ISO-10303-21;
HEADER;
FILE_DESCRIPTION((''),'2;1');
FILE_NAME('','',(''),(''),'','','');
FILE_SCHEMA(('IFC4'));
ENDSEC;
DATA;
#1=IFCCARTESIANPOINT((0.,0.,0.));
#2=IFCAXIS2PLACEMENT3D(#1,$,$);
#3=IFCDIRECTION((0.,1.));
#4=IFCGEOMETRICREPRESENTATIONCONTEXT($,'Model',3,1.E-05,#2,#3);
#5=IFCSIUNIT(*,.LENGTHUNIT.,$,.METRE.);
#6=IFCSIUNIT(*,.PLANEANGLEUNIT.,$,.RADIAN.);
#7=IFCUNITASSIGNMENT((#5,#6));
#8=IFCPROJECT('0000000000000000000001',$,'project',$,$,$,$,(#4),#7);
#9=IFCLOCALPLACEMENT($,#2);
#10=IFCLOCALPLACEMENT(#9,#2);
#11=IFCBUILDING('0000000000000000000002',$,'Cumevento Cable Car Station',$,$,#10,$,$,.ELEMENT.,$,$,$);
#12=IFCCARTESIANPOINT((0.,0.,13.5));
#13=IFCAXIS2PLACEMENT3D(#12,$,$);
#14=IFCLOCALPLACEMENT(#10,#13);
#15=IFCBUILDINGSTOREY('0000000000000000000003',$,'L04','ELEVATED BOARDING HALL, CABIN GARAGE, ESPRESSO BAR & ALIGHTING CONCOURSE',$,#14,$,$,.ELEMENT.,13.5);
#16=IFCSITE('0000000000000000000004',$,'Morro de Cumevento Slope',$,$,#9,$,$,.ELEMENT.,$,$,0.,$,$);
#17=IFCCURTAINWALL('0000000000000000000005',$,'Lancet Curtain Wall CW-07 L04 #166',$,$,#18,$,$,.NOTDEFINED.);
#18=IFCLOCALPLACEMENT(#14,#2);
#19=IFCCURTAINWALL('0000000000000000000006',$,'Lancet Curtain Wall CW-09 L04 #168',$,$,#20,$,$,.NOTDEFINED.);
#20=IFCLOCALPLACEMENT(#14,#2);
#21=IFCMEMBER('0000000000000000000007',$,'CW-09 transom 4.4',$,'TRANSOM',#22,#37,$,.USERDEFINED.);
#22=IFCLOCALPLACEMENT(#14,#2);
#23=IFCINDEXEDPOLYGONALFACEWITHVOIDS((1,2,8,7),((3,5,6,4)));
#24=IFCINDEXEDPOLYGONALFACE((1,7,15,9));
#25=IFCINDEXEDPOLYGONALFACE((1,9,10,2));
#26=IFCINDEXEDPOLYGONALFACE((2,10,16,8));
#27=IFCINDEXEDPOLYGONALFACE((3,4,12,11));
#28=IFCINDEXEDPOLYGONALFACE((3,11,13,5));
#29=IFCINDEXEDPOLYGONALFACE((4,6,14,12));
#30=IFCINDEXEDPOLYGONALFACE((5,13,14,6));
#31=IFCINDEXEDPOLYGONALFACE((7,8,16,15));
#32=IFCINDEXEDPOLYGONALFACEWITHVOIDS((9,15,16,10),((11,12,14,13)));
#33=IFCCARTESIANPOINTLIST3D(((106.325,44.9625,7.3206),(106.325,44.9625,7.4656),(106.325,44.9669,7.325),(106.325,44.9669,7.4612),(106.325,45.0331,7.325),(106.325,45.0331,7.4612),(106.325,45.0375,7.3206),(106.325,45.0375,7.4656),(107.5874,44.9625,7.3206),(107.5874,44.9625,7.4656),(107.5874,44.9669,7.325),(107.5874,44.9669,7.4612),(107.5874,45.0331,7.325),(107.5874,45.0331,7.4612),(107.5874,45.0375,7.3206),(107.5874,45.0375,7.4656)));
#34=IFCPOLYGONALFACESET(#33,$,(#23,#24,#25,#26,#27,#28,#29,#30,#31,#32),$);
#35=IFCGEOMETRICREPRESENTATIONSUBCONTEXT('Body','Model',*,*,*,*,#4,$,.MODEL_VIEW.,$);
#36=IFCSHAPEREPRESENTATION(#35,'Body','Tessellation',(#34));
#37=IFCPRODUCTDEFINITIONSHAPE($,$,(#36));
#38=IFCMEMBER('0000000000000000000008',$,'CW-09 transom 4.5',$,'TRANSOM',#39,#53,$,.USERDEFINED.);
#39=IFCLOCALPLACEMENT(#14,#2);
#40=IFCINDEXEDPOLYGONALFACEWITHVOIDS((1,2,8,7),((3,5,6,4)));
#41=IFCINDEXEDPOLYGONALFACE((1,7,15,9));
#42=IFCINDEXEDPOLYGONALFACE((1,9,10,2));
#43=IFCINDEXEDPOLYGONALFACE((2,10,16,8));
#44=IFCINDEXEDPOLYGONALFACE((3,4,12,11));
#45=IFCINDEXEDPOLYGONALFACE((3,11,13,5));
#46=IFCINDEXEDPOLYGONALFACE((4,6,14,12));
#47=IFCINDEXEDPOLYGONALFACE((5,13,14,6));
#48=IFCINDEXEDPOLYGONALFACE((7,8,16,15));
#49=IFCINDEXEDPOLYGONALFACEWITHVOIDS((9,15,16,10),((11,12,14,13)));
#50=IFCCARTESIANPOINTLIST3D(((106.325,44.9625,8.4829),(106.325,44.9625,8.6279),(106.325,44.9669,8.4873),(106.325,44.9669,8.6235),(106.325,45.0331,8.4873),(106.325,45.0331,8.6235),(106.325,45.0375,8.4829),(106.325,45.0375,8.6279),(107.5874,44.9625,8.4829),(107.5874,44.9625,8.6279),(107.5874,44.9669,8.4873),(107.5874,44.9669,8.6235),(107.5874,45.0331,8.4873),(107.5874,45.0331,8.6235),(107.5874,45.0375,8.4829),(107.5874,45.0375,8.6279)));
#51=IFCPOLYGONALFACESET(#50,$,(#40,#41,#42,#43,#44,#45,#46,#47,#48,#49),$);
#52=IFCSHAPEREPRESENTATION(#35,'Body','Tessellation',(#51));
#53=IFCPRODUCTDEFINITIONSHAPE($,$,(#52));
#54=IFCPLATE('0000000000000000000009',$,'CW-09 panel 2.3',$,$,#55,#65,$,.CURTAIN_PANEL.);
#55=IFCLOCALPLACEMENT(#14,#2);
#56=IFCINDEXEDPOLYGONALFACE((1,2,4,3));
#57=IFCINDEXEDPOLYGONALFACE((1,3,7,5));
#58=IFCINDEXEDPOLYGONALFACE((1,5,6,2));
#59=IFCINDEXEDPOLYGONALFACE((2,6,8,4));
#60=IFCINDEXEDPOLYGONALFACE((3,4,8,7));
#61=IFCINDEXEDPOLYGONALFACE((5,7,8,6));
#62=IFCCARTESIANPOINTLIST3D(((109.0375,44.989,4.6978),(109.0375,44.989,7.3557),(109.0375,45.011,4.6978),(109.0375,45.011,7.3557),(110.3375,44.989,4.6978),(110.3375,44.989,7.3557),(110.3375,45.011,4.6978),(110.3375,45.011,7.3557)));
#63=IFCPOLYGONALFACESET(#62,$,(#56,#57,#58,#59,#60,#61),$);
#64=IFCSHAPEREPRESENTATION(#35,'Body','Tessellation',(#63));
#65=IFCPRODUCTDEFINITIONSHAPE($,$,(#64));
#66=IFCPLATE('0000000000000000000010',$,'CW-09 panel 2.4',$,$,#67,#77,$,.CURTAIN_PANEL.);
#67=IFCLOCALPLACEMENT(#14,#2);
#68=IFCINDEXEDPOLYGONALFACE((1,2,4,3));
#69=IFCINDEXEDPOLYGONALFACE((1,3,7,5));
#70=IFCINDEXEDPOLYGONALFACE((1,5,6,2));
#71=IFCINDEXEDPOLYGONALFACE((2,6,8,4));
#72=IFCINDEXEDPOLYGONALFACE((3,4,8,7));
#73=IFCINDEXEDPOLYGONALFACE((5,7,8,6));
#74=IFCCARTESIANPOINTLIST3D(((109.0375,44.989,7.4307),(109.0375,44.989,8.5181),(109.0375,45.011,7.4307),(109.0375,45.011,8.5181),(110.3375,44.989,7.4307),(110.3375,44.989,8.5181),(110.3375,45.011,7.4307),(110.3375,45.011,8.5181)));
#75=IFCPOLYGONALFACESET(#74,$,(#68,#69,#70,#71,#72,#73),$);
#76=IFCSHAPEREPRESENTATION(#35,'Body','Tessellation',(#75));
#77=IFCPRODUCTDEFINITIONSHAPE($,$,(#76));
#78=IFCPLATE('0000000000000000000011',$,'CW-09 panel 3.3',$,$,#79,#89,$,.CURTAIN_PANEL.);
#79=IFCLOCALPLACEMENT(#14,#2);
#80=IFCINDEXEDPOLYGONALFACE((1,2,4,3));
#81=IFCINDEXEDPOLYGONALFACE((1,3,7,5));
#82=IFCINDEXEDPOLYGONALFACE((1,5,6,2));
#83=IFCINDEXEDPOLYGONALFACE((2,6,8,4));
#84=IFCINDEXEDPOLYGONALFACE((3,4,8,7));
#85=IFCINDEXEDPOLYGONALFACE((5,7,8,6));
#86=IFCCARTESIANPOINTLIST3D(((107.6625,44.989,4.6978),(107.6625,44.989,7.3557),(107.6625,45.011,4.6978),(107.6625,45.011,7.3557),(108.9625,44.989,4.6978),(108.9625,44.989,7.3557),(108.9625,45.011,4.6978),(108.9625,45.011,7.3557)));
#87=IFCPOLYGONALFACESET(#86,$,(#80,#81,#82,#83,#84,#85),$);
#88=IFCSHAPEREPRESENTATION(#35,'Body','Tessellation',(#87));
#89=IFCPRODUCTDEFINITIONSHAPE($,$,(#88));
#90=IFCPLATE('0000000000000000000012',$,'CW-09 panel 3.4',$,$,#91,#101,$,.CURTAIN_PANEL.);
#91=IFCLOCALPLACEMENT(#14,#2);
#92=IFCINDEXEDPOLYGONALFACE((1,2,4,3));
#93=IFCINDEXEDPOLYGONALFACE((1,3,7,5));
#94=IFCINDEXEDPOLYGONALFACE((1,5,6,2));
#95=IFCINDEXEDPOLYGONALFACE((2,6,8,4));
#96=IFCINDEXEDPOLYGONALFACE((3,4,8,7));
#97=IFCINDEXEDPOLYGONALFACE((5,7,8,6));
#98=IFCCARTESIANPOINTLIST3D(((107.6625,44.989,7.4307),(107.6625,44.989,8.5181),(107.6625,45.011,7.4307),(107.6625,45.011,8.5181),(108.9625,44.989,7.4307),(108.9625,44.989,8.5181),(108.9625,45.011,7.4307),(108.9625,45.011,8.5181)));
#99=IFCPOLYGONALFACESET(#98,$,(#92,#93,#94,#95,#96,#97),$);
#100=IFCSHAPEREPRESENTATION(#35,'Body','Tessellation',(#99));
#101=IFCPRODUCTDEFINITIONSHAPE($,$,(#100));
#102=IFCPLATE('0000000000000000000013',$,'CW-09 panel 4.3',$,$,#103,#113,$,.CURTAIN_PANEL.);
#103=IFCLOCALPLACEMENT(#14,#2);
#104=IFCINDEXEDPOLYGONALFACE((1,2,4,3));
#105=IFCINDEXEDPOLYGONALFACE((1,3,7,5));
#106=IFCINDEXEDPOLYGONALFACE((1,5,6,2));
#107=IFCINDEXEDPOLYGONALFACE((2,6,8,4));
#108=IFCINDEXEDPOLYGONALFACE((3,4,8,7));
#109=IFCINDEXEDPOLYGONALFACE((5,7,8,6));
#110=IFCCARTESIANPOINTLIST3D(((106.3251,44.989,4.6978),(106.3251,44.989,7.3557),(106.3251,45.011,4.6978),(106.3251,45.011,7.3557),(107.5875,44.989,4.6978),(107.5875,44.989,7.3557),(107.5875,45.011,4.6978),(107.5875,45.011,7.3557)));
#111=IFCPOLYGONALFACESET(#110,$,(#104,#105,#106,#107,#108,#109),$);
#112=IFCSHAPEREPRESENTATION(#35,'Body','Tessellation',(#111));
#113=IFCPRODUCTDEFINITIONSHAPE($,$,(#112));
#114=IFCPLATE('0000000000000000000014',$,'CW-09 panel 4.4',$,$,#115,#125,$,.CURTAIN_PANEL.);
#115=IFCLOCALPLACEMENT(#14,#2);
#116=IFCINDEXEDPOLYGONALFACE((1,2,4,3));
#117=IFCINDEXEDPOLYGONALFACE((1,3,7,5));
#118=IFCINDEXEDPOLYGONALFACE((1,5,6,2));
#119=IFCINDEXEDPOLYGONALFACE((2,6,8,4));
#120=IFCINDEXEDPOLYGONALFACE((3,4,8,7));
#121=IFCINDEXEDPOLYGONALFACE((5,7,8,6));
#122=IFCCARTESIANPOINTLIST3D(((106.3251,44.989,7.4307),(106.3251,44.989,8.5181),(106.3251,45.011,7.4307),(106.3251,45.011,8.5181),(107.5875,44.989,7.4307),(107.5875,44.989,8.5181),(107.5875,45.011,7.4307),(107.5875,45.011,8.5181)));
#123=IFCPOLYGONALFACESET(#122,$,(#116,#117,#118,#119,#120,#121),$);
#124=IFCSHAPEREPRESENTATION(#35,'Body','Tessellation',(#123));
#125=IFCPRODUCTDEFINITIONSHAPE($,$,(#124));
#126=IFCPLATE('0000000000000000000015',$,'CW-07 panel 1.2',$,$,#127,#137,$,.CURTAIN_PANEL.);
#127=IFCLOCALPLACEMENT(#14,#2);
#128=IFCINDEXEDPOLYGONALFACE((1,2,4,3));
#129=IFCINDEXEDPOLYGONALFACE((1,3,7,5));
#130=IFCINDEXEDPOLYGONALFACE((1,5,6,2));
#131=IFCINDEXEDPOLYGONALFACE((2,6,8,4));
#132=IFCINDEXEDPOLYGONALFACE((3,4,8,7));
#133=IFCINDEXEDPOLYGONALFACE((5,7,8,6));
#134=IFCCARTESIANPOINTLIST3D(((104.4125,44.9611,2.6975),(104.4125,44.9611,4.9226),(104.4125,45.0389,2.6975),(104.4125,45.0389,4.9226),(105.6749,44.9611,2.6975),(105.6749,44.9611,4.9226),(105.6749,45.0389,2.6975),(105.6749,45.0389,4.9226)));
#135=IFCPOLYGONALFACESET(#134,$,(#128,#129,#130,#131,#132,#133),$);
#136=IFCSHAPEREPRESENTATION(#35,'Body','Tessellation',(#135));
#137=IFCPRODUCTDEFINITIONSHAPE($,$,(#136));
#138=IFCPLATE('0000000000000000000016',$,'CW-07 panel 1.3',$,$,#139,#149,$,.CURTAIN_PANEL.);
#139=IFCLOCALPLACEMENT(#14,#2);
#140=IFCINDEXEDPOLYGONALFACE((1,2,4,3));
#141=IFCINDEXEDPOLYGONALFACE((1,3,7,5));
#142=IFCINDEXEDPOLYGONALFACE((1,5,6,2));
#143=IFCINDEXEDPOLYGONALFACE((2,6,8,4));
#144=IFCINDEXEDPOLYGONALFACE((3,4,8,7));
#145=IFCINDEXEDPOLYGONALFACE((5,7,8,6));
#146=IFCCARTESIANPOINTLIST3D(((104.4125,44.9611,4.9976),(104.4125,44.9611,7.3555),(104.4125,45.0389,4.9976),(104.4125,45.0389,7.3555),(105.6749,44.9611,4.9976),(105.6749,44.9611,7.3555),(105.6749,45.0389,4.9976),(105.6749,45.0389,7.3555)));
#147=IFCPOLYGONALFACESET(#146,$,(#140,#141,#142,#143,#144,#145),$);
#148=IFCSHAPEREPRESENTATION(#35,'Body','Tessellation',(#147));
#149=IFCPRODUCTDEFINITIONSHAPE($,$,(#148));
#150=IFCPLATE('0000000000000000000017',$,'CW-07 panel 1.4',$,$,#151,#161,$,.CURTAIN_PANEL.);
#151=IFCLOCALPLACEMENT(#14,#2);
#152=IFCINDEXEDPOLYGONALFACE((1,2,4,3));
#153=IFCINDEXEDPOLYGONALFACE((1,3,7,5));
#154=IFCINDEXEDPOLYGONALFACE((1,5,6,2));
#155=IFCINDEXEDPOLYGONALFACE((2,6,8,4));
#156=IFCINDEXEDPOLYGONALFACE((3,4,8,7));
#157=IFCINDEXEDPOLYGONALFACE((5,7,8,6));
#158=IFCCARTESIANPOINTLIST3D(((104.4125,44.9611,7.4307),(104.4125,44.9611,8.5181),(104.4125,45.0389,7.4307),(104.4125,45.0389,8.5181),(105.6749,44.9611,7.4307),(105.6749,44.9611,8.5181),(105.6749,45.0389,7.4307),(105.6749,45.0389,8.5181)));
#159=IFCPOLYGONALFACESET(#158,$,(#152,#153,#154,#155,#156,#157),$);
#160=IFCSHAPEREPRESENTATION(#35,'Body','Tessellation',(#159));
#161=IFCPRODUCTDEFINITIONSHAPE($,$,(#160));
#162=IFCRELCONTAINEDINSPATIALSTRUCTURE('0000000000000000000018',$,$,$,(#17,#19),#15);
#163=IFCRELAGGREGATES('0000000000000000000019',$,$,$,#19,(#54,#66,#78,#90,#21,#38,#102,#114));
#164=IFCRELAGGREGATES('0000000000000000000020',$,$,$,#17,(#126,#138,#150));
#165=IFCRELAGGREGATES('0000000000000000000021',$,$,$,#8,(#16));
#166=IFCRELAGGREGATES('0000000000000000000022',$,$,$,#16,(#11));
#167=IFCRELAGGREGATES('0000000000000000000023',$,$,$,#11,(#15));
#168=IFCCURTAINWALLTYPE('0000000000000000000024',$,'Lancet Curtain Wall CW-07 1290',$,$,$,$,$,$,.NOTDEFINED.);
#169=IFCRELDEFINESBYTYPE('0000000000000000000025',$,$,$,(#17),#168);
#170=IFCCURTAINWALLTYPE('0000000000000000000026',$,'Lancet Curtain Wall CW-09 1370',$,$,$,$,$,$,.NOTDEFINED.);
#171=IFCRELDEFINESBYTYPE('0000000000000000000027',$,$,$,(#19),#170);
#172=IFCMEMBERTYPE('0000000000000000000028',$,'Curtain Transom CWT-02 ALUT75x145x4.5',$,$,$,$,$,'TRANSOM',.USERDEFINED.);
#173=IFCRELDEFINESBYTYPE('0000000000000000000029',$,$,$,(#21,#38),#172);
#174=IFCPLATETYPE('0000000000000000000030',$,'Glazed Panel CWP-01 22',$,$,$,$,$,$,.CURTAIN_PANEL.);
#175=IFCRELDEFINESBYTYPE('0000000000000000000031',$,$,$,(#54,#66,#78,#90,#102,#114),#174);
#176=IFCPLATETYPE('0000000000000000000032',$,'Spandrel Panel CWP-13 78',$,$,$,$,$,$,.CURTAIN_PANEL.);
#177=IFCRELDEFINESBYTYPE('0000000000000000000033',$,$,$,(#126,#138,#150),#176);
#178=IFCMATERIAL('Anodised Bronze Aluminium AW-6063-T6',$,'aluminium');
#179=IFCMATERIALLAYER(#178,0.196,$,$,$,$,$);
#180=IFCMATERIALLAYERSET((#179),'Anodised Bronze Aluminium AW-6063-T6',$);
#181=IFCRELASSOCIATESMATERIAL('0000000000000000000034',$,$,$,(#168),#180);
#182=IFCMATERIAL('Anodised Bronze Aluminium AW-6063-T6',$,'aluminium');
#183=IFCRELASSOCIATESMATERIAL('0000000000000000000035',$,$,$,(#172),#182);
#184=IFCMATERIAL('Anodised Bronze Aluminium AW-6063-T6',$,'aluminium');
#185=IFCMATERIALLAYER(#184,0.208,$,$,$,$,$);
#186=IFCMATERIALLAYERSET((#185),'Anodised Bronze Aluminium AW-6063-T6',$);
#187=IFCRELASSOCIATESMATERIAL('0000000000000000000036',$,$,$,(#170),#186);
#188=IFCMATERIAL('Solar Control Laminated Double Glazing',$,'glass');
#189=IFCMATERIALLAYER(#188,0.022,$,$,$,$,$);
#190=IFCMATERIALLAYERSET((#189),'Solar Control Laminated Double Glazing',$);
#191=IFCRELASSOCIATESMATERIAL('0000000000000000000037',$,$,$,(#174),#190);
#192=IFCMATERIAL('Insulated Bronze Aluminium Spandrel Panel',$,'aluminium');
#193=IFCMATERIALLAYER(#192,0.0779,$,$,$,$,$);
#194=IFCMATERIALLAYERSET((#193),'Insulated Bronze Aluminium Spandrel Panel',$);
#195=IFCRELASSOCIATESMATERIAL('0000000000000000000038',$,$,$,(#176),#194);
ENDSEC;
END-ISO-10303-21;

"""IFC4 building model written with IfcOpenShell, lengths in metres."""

from ifc_helpers import new_model, si_unit, direction, frame, origin, origin_2d, place, context, subcontext, project, spatial, rectangle, hollow_rectangle, extrude, material, layer, layer_set, material_profile, profile_set, type_object, element, aggregate, save


model = new_model("IFC4")

# Units and contexts
model_context = context("Model", 3, precision=1e-05, world=origin(), true_north=direction((0.0, 1.0)))
body_context = subcontext(model_context, "Body", "Model", "MODEL_VIEW")
ifc_project = project(units=[si_unit("LENGTHUNIT", "METRE"), si_unit("PLANEANGLEUNIT", "RADIAN")], contexts=[model_context])

# Site, building, storey
site_placement = place(None, origin())
site = spatial("IfcSite", under=ifc_project, at=site_placement, Name="Morro de Cumevento Slope", CompositionType="ELEMENT", RefElevation=0.0)
building_placement = place(site_placement, origin())
building = spatial("IfcBuilding", under=site, at=building_placement, Name="Cumevento Cable Car Station", CompositionType="ELEMENT")
storey_placement = place(building_placement, frame((0.0, 0.0, 13.5)))
storey = spatial("IfcBuildingStorey", under=building, at=storey_placement, Name="L04", Description="ELEVATED BOARDING HALL, CABIN GARAGE, ESPRESSO BAR & ALIGHTING CONCOURSE", CompositionType="ELEMENT", Elevation=13.5)

# Curtain wall
ifc_material_1 = material(Name="Anodised Bronze Aluminium AW-6063-T6", Category="aluminium")
ifc_layer_1 = layer(ifc_material_1, 0.196)
ifc_layer_set_1 = layer_set([ifc_layer_1], Name="Anodised Bronze Aluminium AW-6063-T6")
curtain_wall_type_1 = type_object("IfcCurtainWallType", Name="Lancet Curtain Wall CW-07 1290", PredefinedType="NOTDEFINED", material=ifc_layer_set_1)
curtain_wall_1_placement = place(storey_placement, origin())
curtain_wall_1 = element("IfcCurtainWall", 1, at=curtain_wall_1_placement, inside=storey, type_object=curtain_wall_type_1, Name="Lancet Curtain Wall CW-07 L04 #166", PredefinedType="NOTDEFINED")
ifc_material_2 = material(Name="Anodised Bronze Aluminium AW-6063-T6", Category="aluminium")
ifc_material_profile = material_profile(ifc_material_2, hollow_rectangle(XDim=0.075, YDim=0.145, WallThickness=0.0044, at=origin_2d()), Name="ALUT75x145x4.5")
ifc_profile_set = profile_set([ifc_material_profile], Name="Anodised Bronze Aluminium AW-6063-T6")
member_type = type_object("IfcMemberType", Name="Curtain Transom CWT-02 ALUT75x145x4.5", ElementType="TRANSOM", PredefinedType="USERDEFINED", material=ifc_profile_set)

# Curtain wall, members, plates
ifc_material_3 = material(Name="Anodised Bronze Aluminium AW-6063-T6", Category="aluminium")
ifc_layer_2 = layer(ifc_material_3, 0.208)
ifc_layer_set_2 = layer_set([ifc_layer_2], Name="Anodised Bronze Aluminium AW-6063-T6")
curtain_wall_type_2 = type_object("IfcCurtainWallType", Name="Lancet Curtain Wall CW-09 1370", PredefinedType="NOTDEFINED", material=ifc_layer_set_2)
curtain_wall_2_placement = place(storey_placement, origin())
curtain_wall_2 = element("IfcCurtainWall", 2, at=curtain_wall_2_placement, inside=storey, type_object=curtain_wall_type_2, Name="Lancet Curtain Wall CW-09 L04 #168", PredefinedType="NOTDEFINED")
member_1_placement = place(storey_placement, frame((107.5874, 45.0, 7.3931), z_axis=(-1.0, 0.0, 0.0), x_axis=(0.0, -1.0, 0.0)))
member_1 = element("IfcMember", 3, at=member_1_placement, type_object=member_type, Name="CW-09 transom 4.4", ObjectType="TRANSOM", PredefinedType="USERDEFINED", context=body_context, shape_type="SweptSolid", body=[
    extrude(hollow_rectangle(XDim=0.075, YDim=0.145, WallThickness=0.0044, at=origin_2d()), origin(), (0.0, 0.0, 1.0), 1.2625),
])
member_2_placement = place(storey_placement, frame((107.5874, 45.0, 8.5554), z_axis=(-1.0, 0.0, 0.0), x_axis=(0.0, -1.0, 0.0)))
member_2 = element("IfcMember", 4, at=member_2_placement, type_object=member_type, Name="CW-09 transom 4.5", ObjectType="TRANSOM", PredefinedType="USERDEFINED", context=body_context, shape_type="SweptSolid", body=[
    extrude(hollow_rectangle(XDim=0.075, YDim=0.145, WallThickness=0.0044, at=origin_2d()), origin(), (0.0, 0.0, 1.0), 1.2625),
])
ifc_material_4 = material(Name="Solar Control Laminated Double Glazing", Category="glass")
ifc_layer_3 = layer(ifc_material_4, 0.022)
ifc_layer_set_3 = layer_set([ifc_layer_3], Name="Solar Control Laminated Double Glazing")
plate_type_1 = type_object("IfcPlateType", Name="Glazed Panel CWP-01 22", PredefinedType="CURTAIN_PANEL", material=ifc_layer_set_3)
plate_1_placement = place(storey_placement, frame((109.6875, 45.0, 4.6978), z_axis=(0.0, 0.0, 1.0), x_axis=(-1.0, 0.0, 0.0)))
plate_1 = element("IfcPlate", 5, at=plate_1_placement, type_object=plate_type_1, Name="CW-09 panel 2.3", PredefinedType="CURTAIN_PANEL", context=body_context, shape_type="SweptSolid", body=[
    extrude(rectangle(XDim=1.3, YDim=0.022, at=origin_2d()), origin(), (0.0, 0.0, 1.0), 2.658),
])
plate_2_placement = place(storey_placement, frame((109.6875, 45.0, 7.4307), z_axis=(0.0, 0.0, 1.0), x_axis=(-1.0, 0.0, 0.0)))
plate_2 = element("IfcPlate", 6, at=plate_2_placement, type_object=plate_type_1, Name="CW-09 panel 2.4", PredefinedType="CURTAIN_PANEL", context=body_context, shape_type="SweptSolid", body=[
    extrude(rectangle(XDim=1.3, YDim=0.022, at=origin_2d()), origin(), (0.0, 0.0, 1.0), 1.0874),
])
plate_3_placement = place(storey_placement, frame((108.3125, 45.0, 4.6978), z_axis=(0.0, 0.0, 1.0), x_axis=(-1.0, 0.0, 0.0)))
plate_3 = element("IfcPlate", 7, at=plate_3_placement, type_object=plate_type_1, Name="CW-09 panel 3.3", PredefinedType="CURTAIN_PANEL", context=body_context, shape_type="SweptSolid", body=[
    extrude(rectangle(XDim=1.3, YDim=0.022, at=origin_2d()), origin(), (0.0, 0.0, 1.0), 2.658),
])
plate_4_placement = place(storey_placement, frame((108.3125, 45.0, 7.4307), z_axis=(0.0, 0.0, 1.0), x_axis=(-1.0, 0.0, 0.0)))
plate_4 = element("IfcPlate", 8, at=plate_4_placement, type_object=plate_type_1, Name="CW-09 panel 3.4", PredefinedType="CURTAIN_PANEL", context=body_context, shape_type="SweptSolid", body=[
    extrude(rectangle(XDim=1.3, YDim=0.022, at=origin_2d()), origin(), (0.0, 0.0, 1.0), 1.0874),
])
plate_5_placement = place(storey_placement, frame((106.9563, 45.0, 4.6978), z_axis=(0.0, 0.0, 1.0), x_axis=(-1.0, 0.0, 0.0)))
plate_5 = element("IfcPlate", 9, at=plate_5_placement, type_object=plate_type_1, Name="CW-09 panel 4.3", PredefinedType="CURTAIN_PANEL", context=body_context, shape_type="SweptSolid", body=[
    extrude(rectangle(XDim=1.2625, YDim=0.022, at=origin_2d()), origin(), (0.0, 0.0, 1.0), 2.658),
])
plate_6_placement = place(storey_placement, frame((106.9563, 45.0, 7.4307), z_axis=(0.0, 0.0, 1.0), x_axis=(-1.0, 0.0, 0.0)))
plate_6 = element("IfcPlate", 10, at=plate_6_placement, type_object=plate_type_1, Name="CW-09 panel 4.4", PredefinedType="CURTAIN_PANEL", context=body_context, shape_type="SweptSolid", body=[
    extrude(rectangle(XDim=1.2625, YDim=0.022, at=origin_2d()), origin(), (0.0, 0.0, 1.0), 1.0874),
])
aggregate(curtain_wall_2, [plate_1, plate_2, plate_3, plate_4, member_1, member_2, plate_5, plate_6])

# Plates
ifc_material_5 = material(Name="Insulated Bronze Aluminium Spandrel Panel", Category="aluminium")
ifc_layer_4 = layer(ifc_material_5, 0.0779)
ifc_layer_set_4 = layer_set([ifc_layer_4], Name="Insulated Bronze Aluminium Spandrel Panel")
plate_type_2 = type_object("IfcPlateType", Name="Spandrel Panel CWP-13 78", PredefinedType="CURTAIN_PANEL", material=ifc_layer_set_4)
plate_7_placement = place(storey_placement, frame((105.0437, 45.0, 2.6975), z_axis=(0.0, 0.0, 1.0), x_axis=(-1.0, 0.0, 0.0)))
plate_7 = element("IfcPlate", 11, at=plate_7_placement, type_object=plate_type_2, Name="CW-07 panel 1.2", PredefinedType="CURTAIN_PANEL", context=body_context, shape_type="SweptSolid", body=[
    extrude(rectangle(XDim=1.2625, YDim=0.0779, at=origin_2d()), origin(), (0.0, 0.0, 1.0), 2.2251),
])
plate_8_placement = place(storey_placement, frame((105.0437, 45.0, 4.9976), z_axis=(0.0, 0.0, 1.0), x_axis=(-1.0, 0.0, 0.0)))
plate_8 = element("IfcPlate", 12, at=plate_8_placement, type_object=plate_type_2, Name="CW-07 panel 1.3", PredefinedType="CURTAIN_PANEL", context=body_context, shape_type="SweptSolid", body=[
    extrude(rectangle(XDim=1.2625, YDim=0.0779, at=origin_2d()), origin(), (0.0, 0.0, 1.0), 2.3579),
])
plate_9_placement = place(storey_placement, frame((105.0437, 45.0, 7.4307), z_axis=(0.0, 0.0, 1.0), x_axis=(-1.0, 0.0, 0.0)))
plate_9 = element("IfcPlate", 13, at=plate_9_placement, type_object=plate_type_2, Name="CW-07 panel 1.4", PredefinedType="CURTAIN_PANEL", context=body_context, shape_type="SweptSolid", body=[
    extrude(rectangle(XDim=1.2625, YDim=0.0779, at=origin_2d()), origin(), (0.0, 0.0, 1.0), 1.0874),
])
aggregate(curtain_wall_1, [plate_7, plate_8, plate_9])

save(model, "model.ifc")
